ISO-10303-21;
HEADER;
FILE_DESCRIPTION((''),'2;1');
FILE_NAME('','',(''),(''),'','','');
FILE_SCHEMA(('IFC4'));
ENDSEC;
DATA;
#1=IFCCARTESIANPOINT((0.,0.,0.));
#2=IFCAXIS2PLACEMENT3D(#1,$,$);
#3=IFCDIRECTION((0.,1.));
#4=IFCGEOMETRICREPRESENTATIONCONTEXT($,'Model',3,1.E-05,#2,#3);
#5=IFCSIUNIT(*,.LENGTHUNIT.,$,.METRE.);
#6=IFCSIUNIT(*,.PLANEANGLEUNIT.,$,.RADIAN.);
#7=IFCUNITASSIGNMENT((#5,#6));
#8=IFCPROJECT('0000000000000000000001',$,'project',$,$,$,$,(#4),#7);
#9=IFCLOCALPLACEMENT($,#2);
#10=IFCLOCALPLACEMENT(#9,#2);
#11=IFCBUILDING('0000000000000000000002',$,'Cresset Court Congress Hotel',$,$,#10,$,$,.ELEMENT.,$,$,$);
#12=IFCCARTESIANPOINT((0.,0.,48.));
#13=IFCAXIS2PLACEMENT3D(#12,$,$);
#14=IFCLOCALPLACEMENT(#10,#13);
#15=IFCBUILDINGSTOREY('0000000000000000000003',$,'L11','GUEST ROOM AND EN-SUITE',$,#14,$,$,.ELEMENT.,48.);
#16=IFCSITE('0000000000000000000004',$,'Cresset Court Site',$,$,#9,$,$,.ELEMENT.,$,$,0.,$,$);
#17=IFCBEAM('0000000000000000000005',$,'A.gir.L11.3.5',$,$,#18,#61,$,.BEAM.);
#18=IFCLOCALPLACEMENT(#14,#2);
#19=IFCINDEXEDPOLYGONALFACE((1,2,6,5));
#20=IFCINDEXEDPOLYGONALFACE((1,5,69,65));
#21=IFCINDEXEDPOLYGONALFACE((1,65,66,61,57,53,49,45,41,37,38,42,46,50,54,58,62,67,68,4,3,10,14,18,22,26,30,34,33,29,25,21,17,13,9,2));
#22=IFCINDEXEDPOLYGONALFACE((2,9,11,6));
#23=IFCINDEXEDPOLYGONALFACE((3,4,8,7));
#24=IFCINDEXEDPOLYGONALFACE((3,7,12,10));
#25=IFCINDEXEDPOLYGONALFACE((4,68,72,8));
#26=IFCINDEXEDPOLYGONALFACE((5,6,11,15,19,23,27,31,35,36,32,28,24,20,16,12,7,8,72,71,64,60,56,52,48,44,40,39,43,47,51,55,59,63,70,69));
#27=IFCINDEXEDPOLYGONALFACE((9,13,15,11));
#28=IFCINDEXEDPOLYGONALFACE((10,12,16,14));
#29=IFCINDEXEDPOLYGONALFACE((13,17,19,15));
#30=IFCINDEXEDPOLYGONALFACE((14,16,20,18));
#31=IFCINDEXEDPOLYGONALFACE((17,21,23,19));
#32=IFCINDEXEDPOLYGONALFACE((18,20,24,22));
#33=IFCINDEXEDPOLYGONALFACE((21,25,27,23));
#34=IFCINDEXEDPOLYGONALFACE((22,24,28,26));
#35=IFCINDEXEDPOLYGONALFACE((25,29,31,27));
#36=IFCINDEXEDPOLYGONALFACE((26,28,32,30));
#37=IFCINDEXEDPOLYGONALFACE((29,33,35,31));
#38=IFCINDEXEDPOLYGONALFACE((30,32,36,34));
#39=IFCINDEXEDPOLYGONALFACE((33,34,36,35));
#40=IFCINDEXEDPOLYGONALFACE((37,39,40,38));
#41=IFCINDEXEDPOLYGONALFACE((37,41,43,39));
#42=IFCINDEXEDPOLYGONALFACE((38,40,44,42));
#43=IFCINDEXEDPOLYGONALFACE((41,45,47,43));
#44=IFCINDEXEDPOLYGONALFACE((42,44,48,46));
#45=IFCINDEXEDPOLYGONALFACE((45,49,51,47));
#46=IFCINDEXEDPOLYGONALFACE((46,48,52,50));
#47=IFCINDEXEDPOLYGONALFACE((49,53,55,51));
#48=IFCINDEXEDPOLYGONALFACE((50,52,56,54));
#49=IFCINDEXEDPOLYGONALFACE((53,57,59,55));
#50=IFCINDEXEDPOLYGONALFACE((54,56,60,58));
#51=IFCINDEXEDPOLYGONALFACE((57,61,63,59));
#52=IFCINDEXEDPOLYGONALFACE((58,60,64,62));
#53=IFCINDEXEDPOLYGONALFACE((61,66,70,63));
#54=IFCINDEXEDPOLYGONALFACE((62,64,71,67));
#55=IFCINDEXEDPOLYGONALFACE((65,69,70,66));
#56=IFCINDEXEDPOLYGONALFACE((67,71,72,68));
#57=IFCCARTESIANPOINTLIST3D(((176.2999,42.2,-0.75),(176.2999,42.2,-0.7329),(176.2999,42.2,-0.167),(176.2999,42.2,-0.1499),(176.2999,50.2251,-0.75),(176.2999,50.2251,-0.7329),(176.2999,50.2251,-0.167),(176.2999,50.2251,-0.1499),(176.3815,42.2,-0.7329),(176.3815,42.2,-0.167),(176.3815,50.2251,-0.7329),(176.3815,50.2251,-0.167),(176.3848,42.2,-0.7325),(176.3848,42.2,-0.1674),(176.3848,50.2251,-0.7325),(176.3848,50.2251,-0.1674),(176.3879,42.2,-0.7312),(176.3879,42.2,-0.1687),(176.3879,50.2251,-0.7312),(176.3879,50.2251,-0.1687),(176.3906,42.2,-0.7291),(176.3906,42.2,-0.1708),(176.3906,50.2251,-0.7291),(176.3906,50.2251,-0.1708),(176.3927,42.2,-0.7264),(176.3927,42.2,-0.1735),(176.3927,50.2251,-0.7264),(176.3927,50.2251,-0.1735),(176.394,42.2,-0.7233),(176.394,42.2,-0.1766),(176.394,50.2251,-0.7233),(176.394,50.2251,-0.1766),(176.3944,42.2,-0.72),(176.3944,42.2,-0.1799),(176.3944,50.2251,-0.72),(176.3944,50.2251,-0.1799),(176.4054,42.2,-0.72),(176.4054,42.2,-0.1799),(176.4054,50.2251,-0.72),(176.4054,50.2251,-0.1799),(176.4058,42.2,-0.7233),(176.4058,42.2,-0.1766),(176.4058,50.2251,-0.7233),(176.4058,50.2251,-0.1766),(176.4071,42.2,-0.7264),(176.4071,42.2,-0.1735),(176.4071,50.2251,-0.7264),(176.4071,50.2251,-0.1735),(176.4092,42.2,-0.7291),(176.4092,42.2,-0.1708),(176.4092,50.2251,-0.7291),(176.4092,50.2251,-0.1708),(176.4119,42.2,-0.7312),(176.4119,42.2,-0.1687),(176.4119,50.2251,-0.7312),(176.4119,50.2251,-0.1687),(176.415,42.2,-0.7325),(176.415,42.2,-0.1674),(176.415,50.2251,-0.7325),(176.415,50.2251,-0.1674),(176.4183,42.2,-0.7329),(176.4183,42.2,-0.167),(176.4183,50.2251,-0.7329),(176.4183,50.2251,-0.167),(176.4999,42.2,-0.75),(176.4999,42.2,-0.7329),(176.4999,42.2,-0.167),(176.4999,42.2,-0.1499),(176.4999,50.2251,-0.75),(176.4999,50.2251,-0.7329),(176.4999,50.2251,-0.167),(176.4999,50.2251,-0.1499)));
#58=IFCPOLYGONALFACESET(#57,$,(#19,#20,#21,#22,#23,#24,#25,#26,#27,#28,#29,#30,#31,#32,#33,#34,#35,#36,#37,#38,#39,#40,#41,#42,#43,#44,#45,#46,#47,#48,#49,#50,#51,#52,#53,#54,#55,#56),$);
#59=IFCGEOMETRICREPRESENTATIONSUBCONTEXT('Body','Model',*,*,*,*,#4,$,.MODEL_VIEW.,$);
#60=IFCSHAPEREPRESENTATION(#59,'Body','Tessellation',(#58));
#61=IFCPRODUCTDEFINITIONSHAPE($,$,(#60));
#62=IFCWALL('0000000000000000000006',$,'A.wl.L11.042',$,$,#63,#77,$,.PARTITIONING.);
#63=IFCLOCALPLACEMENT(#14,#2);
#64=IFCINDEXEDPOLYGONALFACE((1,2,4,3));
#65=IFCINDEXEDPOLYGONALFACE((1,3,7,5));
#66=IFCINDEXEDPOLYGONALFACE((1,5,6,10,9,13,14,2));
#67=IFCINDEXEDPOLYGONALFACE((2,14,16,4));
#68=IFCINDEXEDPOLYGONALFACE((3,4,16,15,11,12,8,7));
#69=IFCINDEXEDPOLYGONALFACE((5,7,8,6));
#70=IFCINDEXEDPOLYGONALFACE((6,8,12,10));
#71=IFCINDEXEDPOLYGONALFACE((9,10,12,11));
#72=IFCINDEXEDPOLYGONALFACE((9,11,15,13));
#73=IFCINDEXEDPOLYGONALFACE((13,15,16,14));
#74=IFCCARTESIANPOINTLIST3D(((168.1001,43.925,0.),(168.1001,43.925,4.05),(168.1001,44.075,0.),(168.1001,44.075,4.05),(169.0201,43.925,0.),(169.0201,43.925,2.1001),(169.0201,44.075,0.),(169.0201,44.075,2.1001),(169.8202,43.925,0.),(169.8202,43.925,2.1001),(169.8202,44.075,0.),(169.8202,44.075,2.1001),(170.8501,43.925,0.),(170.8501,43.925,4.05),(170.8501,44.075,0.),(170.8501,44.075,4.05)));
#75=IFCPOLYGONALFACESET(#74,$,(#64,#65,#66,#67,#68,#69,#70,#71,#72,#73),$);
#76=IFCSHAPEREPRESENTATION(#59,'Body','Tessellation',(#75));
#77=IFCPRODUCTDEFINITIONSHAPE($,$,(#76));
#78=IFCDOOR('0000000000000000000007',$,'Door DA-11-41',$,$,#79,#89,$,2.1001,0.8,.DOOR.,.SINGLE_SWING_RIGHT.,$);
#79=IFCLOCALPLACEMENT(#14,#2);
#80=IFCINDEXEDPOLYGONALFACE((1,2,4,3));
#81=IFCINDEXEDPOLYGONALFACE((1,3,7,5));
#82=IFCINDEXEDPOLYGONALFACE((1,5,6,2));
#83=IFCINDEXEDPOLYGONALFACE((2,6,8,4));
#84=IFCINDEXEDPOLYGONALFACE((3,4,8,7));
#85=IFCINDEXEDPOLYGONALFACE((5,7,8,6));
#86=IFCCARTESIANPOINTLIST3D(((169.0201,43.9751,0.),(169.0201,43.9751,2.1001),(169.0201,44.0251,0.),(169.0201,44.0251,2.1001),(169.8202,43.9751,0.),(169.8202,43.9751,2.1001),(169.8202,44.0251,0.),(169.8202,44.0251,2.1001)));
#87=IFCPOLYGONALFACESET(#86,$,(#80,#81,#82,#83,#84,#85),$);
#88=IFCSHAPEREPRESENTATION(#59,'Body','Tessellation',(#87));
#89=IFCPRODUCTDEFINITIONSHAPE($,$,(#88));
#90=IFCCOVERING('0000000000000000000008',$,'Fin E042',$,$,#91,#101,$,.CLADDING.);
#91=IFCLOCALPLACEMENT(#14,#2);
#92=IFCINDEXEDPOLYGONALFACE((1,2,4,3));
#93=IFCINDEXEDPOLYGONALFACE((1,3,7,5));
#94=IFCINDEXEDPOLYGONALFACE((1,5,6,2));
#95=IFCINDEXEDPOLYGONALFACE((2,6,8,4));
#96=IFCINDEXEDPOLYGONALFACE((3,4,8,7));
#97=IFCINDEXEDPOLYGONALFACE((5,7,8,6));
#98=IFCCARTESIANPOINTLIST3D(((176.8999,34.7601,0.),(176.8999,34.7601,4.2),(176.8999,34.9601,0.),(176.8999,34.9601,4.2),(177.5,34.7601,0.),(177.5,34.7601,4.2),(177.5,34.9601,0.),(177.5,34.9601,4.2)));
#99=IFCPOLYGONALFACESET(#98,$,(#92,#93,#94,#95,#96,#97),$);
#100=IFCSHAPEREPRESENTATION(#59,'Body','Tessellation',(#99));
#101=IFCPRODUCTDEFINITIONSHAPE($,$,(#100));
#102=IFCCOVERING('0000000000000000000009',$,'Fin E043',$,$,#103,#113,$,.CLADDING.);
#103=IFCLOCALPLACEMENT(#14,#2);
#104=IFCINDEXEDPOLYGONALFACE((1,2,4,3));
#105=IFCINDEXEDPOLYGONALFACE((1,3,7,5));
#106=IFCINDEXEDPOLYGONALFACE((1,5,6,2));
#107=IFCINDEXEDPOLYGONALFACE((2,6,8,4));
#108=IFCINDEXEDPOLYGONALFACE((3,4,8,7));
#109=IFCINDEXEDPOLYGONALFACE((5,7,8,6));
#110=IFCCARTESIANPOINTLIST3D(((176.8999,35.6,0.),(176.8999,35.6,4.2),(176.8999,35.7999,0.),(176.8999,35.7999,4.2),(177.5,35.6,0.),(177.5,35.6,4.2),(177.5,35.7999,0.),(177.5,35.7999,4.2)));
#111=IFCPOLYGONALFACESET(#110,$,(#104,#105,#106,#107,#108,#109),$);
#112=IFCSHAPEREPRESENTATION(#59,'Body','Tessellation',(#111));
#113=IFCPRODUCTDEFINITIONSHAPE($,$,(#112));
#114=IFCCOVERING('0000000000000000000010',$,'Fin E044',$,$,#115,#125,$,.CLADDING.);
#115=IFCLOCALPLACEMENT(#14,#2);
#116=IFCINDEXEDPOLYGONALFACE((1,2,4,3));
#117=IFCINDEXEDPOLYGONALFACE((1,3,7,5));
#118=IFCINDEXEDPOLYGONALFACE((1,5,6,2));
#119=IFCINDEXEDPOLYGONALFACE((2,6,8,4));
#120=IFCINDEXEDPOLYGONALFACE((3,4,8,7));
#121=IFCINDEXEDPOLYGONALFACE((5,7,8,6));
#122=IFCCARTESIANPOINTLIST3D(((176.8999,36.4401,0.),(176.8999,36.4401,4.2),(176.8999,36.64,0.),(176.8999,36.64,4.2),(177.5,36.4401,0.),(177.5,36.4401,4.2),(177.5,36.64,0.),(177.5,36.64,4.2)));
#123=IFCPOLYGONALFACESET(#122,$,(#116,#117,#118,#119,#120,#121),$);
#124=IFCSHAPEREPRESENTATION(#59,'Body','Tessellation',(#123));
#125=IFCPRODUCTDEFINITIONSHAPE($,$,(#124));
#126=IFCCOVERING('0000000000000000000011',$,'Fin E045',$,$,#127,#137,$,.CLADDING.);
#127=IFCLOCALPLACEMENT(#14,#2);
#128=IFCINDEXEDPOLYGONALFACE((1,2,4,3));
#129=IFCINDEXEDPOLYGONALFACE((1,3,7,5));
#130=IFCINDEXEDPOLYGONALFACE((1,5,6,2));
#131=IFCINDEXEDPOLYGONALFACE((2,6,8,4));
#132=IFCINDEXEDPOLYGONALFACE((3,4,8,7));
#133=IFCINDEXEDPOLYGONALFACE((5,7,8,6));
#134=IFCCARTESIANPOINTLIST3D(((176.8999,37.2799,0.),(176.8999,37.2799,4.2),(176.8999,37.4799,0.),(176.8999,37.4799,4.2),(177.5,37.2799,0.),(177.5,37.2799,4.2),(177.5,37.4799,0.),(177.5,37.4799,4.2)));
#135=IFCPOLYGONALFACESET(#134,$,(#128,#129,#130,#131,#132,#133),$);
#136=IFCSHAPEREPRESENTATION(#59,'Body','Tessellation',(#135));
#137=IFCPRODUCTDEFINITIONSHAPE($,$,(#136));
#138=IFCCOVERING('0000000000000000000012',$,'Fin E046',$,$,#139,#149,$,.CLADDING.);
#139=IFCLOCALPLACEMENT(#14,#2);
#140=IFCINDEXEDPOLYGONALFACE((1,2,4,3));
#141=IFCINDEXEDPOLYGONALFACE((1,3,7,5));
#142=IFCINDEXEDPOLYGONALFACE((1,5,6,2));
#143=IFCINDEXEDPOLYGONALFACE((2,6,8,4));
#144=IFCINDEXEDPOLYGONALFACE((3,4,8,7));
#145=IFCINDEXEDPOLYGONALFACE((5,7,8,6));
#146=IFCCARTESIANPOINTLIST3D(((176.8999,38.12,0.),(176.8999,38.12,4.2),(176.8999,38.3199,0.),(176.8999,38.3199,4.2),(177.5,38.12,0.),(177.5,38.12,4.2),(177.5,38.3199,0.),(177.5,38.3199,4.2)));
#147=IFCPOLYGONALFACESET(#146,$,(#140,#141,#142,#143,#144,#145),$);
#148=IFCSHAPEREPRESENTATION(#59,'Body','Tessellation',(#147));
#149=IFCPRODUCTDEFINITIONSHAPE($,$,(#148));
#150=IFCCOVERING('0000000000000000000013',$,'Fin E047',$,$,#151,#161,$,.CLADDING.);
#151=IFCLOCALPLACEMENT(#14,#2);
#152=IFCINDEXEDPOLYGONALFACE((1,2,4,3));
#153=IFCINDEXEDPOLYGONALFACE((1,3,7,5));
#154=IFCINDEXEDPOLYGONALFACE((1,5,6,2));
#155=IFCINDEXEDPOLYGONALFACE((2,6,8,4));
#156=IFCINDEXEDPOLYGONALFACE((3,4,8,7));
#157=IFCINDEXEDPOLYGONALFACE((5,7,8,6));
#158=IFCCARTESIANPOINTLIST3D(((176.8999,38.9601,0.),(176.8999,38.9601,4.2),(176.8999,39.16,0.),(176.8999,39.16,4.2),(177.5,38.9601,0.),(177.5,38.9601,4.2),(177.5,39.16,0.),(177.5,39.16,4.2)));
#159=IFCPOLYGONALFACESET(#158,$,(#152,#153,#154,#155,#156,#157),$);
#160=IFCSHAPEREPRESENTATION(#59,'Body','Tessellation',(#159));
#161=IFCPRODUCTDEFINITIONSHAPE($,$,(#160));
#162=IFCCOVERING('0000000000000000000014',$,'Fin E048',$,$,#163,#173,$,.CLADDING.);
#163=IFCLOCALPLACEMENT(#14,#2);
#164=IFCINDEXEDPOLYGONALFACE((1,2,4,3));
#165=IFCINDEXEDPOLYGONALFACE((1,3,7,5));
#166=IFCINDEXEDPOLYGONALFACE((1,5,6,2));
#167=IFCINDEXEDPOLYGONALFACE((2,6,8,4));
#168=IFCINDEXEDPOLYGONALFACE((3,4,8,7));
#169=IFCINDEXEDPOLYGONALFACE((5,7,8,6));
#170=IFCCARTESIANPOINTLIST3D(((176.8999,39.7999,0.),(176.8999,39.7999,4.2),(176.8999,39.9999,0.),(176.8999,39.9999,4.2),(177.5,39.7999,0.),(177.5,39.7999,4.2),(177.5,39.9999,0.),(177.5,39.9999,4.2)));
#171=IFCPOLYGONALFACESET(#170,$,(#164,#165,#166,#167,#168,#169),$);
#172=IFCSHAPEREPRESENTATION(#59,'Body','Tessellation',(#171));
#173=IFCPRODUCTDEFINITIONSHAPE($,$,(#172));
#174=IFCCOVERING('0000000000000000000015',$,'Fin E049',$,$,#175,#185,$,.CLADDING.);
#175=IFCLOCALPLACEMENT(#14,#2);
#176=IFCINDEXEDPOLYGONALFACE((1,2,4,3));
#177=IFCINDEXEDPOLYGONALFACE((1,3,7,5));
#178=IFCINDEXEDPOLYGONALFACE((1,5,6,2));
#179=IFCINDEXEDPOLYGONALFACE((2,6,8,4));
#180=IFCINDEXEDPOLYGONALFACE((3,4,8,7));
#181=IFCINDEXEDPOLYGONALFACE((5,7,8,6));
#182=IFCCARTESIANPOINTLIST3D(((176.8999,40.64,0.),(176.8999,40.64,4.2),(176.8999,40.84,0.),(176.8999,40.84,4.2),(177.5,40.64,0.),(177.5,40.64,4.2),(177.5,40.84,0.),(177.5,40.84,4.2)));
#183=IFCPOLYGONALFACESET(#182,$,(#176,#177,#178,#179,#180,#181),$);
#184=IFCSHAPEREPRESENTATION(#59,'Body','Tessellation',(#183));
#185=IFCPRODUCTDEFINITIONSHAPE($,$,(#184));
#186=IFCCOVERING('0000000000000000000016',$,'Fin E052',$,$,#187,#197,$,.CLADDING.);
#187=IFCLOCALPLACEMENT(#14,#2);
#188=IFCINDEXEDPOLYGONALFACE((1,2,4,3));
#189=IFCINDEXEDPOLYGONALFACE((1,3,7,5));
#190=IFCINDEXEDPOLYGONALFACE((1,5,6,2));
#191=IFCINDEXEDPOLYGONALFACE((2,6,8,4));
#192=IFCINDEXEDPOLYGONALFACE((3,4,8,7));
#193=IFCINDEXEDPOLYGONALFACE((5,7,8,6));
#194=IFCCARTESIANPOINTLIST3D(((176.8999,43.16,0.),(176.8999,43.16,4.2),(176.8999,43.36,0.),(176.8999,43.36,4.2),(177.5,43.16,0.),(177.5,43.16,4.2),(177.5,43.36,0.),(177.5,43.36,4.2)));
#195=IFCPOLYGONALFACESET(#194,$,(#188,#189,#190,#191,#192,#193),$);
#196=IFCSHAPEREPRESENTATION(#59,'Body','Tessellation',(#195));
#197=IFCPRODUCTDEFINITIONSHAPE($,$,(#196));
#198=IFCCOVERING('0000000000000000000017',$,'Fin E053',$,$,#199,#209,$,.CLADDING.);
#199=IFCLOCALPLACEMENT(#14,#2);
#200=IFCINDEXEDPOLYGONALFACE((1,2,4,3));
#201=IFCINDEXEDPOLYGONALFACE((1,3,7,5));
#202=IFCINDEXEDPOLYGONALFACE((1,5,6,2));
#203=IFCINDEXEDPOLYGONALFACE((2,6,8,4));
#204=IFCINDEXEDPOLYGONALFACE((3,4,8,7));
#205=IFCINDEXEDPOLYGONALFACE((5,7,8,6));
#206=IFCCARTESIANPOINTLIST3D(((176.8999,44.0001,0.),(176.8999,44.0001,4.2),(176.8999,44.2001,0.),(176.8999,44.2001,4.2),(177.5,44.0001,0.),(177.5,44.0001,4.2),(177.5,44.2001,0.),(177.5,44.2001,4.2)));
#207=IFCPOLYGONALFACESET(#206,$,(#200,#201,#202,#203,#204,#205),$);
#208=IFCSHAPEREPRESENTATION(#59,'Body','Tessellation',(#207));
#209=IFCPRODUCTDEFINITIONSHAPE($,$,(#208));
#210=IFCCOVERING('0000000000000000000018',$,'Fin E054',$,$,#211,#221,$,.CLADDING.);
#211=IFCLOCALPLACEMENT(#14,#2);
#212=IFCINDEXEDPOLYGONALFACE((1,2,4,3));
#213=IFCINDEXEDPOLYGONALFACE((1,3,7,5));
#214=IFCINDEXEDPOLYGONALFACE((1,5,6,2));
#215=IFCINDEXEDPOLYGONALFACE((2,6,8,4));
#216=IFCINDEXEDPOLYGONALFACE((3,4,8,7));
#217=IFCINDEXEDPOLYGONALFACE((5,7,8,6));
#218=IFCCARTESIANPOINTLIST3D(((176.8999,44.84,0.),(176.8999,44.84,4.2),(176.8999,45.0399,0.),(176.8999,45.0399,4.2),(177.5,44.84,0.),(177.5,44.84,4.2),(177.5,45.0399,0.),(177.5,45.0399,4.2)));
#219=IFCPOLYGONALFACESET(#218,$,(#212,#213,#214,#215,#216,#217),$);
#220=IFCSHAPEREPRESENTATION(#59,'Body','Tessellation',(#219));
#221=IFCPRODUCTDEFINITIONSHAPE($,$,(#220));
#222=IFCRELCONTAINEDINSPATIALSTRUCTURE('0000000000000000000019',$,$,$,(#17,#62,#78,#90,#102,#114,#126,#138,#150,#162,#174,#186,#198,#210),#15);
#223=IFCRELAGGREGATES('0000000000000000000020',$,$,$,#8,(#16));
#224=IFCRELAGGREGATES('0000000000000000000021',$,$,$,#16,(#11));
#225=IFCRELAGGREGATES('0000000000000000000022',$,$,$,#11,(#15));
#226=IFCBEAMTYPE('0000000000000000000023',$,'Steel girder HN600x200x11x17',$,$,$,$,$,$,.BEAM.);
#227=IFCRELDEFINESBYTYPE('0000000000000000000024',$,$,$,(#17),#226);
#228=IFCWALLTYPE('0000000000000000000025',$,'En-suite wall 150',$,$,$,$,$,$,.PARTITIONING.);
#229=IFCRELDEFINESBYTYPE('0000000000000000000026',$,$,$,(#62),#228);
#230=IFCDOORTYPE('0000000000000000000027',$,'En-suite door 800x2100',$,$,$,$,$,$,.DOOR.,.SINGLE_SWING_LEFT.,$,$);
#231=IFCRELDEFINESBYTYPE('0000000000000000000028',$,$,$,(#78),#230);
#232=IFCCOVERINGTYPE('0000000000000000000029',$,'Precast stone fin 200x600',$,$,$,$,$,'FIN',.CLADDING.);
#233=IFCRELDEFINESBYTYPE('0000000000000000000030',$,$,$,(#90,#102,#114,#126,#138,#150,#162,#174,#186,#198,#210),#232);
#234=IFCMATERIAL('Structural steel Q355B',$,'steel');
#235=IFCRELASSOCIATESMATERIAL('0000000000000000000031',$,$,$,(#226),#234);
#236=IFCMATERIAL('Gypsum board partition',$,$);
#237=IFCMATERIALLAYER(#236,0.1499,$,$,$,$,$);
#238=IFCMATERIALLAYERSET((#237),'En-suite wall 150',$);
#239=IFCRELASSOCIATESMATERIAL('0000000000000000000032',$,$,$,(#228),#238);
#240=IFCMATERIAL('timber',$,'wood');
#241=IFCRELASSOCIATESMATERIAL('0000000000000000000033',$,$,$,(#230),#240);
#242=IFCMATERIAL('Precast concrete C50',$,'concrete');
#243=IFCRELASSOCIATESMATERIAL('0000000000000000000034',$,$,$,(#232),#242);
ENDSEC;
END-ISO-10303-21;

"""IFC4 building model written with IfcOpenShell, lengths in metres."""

from ifc_helpers import new_model, si_unit, direction, frame, frame_2d, origin, origin_2d, place, context, subcontext, project, spatial, rectangle, i_section, extrude, material, layer, layer_set, material_profile, profile_set, type_object, element, fill, save


model = new_model("IFC4")

# Units and contexts
model_context = context("Model", 3, precision=1e-05, world=origin(), true_north=direction((0.0, 1.0)))
body_context = subcontext(model_context, "Body", "Model", "MODEL_VIEW")
ifc_project = project(units=[si_unit("LENGTHUNIT", "METRE"), si_unit("PLANEANGLEUNIT", "RADIAN")], contexts=[model_context])

# Site, building, storey
site_placement = place(None, origin())
site = spatial("IfcSite", under=ifc_project, at=site_placement, Name="Cresset Court Site", CompositionType="ELEMENT", RefElevation=0.0)
building_placement = place(site_placement, origin())
building = spatial("IfcBuilding", under=site, at=building_placement, Name="Cresset Court Congress Hotel", CompositionType="ELEMENT")
storey_placement = place(building_placement, frame((0.0, 0.0, 48.0)))
storey = spatial("IfcBuildingStorey", under=building, at=storey_placement, Name="L11", Description="GUEST ROOM AND EN-SUITE", CompositionType="ELEMENT", Elevation=48.0)

# Beam
ifc_material_1 = material(Name="Structural steel Q355B", Category="steel")
ifc_material_profile = material_profile(ifc_material_1, i_section(OverallWidth=0.2, OverallDepth=0.6001, WebThickness=0.011, FlangeThickness=0.0171, FilletRadius=0.0129, at=origin_2d()), Name="HN600x200x11x17")
ifc_profile_set = profile_set([ifc_material_profile], Name="Structural steel Q355B")
beam_type = type_object("IfcBeamType", Name="Steel girder HN600x200x11x17", PredefinedType="BEAM", material=ifc_profile_set)
beam_placement = place(storey_placement, frame((176.3999, 42.2, -0.45), z_axis=(0.0, 1.0, 0.0), x_axis=(-1.0, 0.0, 0.0)))
element("IfcBeam", 1, at=beam_placement, inside=storey, type_object=beam_type, Name="A.gir.L11.3.5", PredefinedType="BEAM", context=body_context, shape_type="SweptSolid", body=[
    extrude(i_section(OverallWidth=0.2, OverallDepth=0.6001, WebThickness=0.011, FlangeThickness=0.0171, FilletRadius=0.0129, at=origin_2d()), origin(), (0.0, 0.0, 1.0), 8.0251),
])

# Wall, opening, door
ifc_material_2 = material(Name="Gypsum board partition")
ifc_layer = layer(ifc_material_2, 0.1499)
ifc_layer_set = layer_set([ifc_layer], Name="En-suite wall 150")
wall_type = type_object("IfcWallType", Name="En-suite wall 150", PredefinedType="PARTITIONING", material=ifc_layer_set)
wall_placement = place(storey_placement, frame((170.8501, 44.0, 0.0), z_axis=(0.0, 0.0, 1.0), x_axis=(-1.0, 0.0, 0.0)))
wall = element("IfcWall", 2, at=wall_placement, inside=storey, type_object=wall_type, Name="A.wl.L11.042", PredefinedType="PARTITIONING", context=body_context, shape_type="SweptSolid", body=[
    extrude(rectangle(XDim=2.75, YDim=0.1499, at=frame_2d((1.375, 0.0))), origin(), (0.0, 0.0, 1.0), 4.05),
])
opening_placement = place(wall_placement, frame((1.03, 0.0, 0.0)))
opening = element("IfcOpeningElement", 3, at=opening_placement, cuts=wall, PredefinedType="OPENING", context=body_context, shape_type="SweptSolid", body=[
    extrude(rectangle(XDim=0.8, YDim=2.1001, at=frame_2d((0.3999, 1.05))), frame((0.0, 0.085, 0.0), z_axis=(0.0, -1.0, 0.0), x_axis=(1.0, 0.0, 0.0)), (0.0, 0.0, 1.0), 0.1699),
])
ifc_material_3 = material(Name="timber", Category="wood")
door_type = type_object("IfcDoorType", Name="En-suite door 800x2100", OperationType="SINGLE_SWING_LEFT", PredefinedType="DOOR", material=ifc_material_3)
door_placement = place(opening_placement, origin())
door = element("IfcDoor", 4, at=door_placement, inside=storey, type_object=door_type, Name="Door DA-11-41", OperationType="SINGLE_SWING_RIGHT", OverallHeight=2.1001, OverallWidth=0.8, PredefinedType="DOOR", context=body_context, shape_type="SweptSolid", body=[
    extrude(rectangle(XDim=0.8, YDim=2.1001, at=frame_2d((0.3999, 1.05))), frame((0.0, 0.0249, 0.0), z_axis=(0.0, -1.0, 0.0), x_axis=(1.0, 0.0, 0.0)), (0.0, 0.0, 1.0), 0.05),
])
fill(opening, door)

# Coverings
ifc_material_4 = material(Name="Precast concrete C50", Category="concrete")
covering_type_1 = type_object("IfcCoveringType", Name="Precast stone fin 200x600", ElementType="FIN", PredefinedType="CLADDING", material=ifc_material_4)
for number, where, z_axis, x_axis, name in (
    (5, (177.2, 34.8601, 0.0), (0.0, 0.0, 1.0), (1.0, 0.0, 0.0), "Fin E042"),
    (6, (177.2, 35.7, 0.0), (0.0, 0.0, 1.0), (1.0, 0.0, 0.0), "Fin E043"),
    (7, (177.2, 36.54, 0.0), (0.0, 0.0, 1.0), (1.0, 0.0, 0.0), "Fin E044"),
    (8, (177.2, 37.3799, 0.0), (0.0, 0.0, 1.0), (1.0, 0.0, 0.0), "Fin E045"),
    (9, (177.2, 38.22, 0.0), (0.0, 0.0, 1.0), (1.0, 0.0, 0.0), "Fin E046"),
    (10, (177.2, 39.0601, 0.0), (0.0, 0.0, 1.0), (1.0, 0.0, 0.0), "Fin E047"),
    (11, (177.2, 39.8999, 0.0), (0.0, 0.0, 1.0), (1.0, 0.0, 0.0), "Fin E048"),
    (12, (177.2, 40.74, 0.0), (0.0, 0.0, 1.0), (1.0, 0.0, 0.0), "Fin E049"),
    (13, (177.2, 43.26, 0.0), (0.0, 0.0, 1.0), (1.0, 0.0, 0.0), "Fin E052"),
    (14, (177.2, 44.1001, 0.0), (0.0, 0.0, 1.0), (1.0, 0.0, 0.0), "Fin E053"),
    (15, (177.2, 44.9399, 0.0), (0.0, 0.0, 1.0), (1.0, 0.0, 0.0), "Fin E054"),
):
    element("IfcCovering", number, at=place(storey_placement, frame(where, z_axis=z_axis, x_axis=x_axis)), inside=storey, type_object=covering_type_1, Name=name, PredefinedType="CLADDING", context=body_context, shape_type="SweptSolid", body=[
        extrude(rectangle(XDim=0.6001, YDim=0.2, at=origin_2d()), origin(), (0.0, 0.0, 1.0), 4.2),
    ])

save(model, "model.ifc")
